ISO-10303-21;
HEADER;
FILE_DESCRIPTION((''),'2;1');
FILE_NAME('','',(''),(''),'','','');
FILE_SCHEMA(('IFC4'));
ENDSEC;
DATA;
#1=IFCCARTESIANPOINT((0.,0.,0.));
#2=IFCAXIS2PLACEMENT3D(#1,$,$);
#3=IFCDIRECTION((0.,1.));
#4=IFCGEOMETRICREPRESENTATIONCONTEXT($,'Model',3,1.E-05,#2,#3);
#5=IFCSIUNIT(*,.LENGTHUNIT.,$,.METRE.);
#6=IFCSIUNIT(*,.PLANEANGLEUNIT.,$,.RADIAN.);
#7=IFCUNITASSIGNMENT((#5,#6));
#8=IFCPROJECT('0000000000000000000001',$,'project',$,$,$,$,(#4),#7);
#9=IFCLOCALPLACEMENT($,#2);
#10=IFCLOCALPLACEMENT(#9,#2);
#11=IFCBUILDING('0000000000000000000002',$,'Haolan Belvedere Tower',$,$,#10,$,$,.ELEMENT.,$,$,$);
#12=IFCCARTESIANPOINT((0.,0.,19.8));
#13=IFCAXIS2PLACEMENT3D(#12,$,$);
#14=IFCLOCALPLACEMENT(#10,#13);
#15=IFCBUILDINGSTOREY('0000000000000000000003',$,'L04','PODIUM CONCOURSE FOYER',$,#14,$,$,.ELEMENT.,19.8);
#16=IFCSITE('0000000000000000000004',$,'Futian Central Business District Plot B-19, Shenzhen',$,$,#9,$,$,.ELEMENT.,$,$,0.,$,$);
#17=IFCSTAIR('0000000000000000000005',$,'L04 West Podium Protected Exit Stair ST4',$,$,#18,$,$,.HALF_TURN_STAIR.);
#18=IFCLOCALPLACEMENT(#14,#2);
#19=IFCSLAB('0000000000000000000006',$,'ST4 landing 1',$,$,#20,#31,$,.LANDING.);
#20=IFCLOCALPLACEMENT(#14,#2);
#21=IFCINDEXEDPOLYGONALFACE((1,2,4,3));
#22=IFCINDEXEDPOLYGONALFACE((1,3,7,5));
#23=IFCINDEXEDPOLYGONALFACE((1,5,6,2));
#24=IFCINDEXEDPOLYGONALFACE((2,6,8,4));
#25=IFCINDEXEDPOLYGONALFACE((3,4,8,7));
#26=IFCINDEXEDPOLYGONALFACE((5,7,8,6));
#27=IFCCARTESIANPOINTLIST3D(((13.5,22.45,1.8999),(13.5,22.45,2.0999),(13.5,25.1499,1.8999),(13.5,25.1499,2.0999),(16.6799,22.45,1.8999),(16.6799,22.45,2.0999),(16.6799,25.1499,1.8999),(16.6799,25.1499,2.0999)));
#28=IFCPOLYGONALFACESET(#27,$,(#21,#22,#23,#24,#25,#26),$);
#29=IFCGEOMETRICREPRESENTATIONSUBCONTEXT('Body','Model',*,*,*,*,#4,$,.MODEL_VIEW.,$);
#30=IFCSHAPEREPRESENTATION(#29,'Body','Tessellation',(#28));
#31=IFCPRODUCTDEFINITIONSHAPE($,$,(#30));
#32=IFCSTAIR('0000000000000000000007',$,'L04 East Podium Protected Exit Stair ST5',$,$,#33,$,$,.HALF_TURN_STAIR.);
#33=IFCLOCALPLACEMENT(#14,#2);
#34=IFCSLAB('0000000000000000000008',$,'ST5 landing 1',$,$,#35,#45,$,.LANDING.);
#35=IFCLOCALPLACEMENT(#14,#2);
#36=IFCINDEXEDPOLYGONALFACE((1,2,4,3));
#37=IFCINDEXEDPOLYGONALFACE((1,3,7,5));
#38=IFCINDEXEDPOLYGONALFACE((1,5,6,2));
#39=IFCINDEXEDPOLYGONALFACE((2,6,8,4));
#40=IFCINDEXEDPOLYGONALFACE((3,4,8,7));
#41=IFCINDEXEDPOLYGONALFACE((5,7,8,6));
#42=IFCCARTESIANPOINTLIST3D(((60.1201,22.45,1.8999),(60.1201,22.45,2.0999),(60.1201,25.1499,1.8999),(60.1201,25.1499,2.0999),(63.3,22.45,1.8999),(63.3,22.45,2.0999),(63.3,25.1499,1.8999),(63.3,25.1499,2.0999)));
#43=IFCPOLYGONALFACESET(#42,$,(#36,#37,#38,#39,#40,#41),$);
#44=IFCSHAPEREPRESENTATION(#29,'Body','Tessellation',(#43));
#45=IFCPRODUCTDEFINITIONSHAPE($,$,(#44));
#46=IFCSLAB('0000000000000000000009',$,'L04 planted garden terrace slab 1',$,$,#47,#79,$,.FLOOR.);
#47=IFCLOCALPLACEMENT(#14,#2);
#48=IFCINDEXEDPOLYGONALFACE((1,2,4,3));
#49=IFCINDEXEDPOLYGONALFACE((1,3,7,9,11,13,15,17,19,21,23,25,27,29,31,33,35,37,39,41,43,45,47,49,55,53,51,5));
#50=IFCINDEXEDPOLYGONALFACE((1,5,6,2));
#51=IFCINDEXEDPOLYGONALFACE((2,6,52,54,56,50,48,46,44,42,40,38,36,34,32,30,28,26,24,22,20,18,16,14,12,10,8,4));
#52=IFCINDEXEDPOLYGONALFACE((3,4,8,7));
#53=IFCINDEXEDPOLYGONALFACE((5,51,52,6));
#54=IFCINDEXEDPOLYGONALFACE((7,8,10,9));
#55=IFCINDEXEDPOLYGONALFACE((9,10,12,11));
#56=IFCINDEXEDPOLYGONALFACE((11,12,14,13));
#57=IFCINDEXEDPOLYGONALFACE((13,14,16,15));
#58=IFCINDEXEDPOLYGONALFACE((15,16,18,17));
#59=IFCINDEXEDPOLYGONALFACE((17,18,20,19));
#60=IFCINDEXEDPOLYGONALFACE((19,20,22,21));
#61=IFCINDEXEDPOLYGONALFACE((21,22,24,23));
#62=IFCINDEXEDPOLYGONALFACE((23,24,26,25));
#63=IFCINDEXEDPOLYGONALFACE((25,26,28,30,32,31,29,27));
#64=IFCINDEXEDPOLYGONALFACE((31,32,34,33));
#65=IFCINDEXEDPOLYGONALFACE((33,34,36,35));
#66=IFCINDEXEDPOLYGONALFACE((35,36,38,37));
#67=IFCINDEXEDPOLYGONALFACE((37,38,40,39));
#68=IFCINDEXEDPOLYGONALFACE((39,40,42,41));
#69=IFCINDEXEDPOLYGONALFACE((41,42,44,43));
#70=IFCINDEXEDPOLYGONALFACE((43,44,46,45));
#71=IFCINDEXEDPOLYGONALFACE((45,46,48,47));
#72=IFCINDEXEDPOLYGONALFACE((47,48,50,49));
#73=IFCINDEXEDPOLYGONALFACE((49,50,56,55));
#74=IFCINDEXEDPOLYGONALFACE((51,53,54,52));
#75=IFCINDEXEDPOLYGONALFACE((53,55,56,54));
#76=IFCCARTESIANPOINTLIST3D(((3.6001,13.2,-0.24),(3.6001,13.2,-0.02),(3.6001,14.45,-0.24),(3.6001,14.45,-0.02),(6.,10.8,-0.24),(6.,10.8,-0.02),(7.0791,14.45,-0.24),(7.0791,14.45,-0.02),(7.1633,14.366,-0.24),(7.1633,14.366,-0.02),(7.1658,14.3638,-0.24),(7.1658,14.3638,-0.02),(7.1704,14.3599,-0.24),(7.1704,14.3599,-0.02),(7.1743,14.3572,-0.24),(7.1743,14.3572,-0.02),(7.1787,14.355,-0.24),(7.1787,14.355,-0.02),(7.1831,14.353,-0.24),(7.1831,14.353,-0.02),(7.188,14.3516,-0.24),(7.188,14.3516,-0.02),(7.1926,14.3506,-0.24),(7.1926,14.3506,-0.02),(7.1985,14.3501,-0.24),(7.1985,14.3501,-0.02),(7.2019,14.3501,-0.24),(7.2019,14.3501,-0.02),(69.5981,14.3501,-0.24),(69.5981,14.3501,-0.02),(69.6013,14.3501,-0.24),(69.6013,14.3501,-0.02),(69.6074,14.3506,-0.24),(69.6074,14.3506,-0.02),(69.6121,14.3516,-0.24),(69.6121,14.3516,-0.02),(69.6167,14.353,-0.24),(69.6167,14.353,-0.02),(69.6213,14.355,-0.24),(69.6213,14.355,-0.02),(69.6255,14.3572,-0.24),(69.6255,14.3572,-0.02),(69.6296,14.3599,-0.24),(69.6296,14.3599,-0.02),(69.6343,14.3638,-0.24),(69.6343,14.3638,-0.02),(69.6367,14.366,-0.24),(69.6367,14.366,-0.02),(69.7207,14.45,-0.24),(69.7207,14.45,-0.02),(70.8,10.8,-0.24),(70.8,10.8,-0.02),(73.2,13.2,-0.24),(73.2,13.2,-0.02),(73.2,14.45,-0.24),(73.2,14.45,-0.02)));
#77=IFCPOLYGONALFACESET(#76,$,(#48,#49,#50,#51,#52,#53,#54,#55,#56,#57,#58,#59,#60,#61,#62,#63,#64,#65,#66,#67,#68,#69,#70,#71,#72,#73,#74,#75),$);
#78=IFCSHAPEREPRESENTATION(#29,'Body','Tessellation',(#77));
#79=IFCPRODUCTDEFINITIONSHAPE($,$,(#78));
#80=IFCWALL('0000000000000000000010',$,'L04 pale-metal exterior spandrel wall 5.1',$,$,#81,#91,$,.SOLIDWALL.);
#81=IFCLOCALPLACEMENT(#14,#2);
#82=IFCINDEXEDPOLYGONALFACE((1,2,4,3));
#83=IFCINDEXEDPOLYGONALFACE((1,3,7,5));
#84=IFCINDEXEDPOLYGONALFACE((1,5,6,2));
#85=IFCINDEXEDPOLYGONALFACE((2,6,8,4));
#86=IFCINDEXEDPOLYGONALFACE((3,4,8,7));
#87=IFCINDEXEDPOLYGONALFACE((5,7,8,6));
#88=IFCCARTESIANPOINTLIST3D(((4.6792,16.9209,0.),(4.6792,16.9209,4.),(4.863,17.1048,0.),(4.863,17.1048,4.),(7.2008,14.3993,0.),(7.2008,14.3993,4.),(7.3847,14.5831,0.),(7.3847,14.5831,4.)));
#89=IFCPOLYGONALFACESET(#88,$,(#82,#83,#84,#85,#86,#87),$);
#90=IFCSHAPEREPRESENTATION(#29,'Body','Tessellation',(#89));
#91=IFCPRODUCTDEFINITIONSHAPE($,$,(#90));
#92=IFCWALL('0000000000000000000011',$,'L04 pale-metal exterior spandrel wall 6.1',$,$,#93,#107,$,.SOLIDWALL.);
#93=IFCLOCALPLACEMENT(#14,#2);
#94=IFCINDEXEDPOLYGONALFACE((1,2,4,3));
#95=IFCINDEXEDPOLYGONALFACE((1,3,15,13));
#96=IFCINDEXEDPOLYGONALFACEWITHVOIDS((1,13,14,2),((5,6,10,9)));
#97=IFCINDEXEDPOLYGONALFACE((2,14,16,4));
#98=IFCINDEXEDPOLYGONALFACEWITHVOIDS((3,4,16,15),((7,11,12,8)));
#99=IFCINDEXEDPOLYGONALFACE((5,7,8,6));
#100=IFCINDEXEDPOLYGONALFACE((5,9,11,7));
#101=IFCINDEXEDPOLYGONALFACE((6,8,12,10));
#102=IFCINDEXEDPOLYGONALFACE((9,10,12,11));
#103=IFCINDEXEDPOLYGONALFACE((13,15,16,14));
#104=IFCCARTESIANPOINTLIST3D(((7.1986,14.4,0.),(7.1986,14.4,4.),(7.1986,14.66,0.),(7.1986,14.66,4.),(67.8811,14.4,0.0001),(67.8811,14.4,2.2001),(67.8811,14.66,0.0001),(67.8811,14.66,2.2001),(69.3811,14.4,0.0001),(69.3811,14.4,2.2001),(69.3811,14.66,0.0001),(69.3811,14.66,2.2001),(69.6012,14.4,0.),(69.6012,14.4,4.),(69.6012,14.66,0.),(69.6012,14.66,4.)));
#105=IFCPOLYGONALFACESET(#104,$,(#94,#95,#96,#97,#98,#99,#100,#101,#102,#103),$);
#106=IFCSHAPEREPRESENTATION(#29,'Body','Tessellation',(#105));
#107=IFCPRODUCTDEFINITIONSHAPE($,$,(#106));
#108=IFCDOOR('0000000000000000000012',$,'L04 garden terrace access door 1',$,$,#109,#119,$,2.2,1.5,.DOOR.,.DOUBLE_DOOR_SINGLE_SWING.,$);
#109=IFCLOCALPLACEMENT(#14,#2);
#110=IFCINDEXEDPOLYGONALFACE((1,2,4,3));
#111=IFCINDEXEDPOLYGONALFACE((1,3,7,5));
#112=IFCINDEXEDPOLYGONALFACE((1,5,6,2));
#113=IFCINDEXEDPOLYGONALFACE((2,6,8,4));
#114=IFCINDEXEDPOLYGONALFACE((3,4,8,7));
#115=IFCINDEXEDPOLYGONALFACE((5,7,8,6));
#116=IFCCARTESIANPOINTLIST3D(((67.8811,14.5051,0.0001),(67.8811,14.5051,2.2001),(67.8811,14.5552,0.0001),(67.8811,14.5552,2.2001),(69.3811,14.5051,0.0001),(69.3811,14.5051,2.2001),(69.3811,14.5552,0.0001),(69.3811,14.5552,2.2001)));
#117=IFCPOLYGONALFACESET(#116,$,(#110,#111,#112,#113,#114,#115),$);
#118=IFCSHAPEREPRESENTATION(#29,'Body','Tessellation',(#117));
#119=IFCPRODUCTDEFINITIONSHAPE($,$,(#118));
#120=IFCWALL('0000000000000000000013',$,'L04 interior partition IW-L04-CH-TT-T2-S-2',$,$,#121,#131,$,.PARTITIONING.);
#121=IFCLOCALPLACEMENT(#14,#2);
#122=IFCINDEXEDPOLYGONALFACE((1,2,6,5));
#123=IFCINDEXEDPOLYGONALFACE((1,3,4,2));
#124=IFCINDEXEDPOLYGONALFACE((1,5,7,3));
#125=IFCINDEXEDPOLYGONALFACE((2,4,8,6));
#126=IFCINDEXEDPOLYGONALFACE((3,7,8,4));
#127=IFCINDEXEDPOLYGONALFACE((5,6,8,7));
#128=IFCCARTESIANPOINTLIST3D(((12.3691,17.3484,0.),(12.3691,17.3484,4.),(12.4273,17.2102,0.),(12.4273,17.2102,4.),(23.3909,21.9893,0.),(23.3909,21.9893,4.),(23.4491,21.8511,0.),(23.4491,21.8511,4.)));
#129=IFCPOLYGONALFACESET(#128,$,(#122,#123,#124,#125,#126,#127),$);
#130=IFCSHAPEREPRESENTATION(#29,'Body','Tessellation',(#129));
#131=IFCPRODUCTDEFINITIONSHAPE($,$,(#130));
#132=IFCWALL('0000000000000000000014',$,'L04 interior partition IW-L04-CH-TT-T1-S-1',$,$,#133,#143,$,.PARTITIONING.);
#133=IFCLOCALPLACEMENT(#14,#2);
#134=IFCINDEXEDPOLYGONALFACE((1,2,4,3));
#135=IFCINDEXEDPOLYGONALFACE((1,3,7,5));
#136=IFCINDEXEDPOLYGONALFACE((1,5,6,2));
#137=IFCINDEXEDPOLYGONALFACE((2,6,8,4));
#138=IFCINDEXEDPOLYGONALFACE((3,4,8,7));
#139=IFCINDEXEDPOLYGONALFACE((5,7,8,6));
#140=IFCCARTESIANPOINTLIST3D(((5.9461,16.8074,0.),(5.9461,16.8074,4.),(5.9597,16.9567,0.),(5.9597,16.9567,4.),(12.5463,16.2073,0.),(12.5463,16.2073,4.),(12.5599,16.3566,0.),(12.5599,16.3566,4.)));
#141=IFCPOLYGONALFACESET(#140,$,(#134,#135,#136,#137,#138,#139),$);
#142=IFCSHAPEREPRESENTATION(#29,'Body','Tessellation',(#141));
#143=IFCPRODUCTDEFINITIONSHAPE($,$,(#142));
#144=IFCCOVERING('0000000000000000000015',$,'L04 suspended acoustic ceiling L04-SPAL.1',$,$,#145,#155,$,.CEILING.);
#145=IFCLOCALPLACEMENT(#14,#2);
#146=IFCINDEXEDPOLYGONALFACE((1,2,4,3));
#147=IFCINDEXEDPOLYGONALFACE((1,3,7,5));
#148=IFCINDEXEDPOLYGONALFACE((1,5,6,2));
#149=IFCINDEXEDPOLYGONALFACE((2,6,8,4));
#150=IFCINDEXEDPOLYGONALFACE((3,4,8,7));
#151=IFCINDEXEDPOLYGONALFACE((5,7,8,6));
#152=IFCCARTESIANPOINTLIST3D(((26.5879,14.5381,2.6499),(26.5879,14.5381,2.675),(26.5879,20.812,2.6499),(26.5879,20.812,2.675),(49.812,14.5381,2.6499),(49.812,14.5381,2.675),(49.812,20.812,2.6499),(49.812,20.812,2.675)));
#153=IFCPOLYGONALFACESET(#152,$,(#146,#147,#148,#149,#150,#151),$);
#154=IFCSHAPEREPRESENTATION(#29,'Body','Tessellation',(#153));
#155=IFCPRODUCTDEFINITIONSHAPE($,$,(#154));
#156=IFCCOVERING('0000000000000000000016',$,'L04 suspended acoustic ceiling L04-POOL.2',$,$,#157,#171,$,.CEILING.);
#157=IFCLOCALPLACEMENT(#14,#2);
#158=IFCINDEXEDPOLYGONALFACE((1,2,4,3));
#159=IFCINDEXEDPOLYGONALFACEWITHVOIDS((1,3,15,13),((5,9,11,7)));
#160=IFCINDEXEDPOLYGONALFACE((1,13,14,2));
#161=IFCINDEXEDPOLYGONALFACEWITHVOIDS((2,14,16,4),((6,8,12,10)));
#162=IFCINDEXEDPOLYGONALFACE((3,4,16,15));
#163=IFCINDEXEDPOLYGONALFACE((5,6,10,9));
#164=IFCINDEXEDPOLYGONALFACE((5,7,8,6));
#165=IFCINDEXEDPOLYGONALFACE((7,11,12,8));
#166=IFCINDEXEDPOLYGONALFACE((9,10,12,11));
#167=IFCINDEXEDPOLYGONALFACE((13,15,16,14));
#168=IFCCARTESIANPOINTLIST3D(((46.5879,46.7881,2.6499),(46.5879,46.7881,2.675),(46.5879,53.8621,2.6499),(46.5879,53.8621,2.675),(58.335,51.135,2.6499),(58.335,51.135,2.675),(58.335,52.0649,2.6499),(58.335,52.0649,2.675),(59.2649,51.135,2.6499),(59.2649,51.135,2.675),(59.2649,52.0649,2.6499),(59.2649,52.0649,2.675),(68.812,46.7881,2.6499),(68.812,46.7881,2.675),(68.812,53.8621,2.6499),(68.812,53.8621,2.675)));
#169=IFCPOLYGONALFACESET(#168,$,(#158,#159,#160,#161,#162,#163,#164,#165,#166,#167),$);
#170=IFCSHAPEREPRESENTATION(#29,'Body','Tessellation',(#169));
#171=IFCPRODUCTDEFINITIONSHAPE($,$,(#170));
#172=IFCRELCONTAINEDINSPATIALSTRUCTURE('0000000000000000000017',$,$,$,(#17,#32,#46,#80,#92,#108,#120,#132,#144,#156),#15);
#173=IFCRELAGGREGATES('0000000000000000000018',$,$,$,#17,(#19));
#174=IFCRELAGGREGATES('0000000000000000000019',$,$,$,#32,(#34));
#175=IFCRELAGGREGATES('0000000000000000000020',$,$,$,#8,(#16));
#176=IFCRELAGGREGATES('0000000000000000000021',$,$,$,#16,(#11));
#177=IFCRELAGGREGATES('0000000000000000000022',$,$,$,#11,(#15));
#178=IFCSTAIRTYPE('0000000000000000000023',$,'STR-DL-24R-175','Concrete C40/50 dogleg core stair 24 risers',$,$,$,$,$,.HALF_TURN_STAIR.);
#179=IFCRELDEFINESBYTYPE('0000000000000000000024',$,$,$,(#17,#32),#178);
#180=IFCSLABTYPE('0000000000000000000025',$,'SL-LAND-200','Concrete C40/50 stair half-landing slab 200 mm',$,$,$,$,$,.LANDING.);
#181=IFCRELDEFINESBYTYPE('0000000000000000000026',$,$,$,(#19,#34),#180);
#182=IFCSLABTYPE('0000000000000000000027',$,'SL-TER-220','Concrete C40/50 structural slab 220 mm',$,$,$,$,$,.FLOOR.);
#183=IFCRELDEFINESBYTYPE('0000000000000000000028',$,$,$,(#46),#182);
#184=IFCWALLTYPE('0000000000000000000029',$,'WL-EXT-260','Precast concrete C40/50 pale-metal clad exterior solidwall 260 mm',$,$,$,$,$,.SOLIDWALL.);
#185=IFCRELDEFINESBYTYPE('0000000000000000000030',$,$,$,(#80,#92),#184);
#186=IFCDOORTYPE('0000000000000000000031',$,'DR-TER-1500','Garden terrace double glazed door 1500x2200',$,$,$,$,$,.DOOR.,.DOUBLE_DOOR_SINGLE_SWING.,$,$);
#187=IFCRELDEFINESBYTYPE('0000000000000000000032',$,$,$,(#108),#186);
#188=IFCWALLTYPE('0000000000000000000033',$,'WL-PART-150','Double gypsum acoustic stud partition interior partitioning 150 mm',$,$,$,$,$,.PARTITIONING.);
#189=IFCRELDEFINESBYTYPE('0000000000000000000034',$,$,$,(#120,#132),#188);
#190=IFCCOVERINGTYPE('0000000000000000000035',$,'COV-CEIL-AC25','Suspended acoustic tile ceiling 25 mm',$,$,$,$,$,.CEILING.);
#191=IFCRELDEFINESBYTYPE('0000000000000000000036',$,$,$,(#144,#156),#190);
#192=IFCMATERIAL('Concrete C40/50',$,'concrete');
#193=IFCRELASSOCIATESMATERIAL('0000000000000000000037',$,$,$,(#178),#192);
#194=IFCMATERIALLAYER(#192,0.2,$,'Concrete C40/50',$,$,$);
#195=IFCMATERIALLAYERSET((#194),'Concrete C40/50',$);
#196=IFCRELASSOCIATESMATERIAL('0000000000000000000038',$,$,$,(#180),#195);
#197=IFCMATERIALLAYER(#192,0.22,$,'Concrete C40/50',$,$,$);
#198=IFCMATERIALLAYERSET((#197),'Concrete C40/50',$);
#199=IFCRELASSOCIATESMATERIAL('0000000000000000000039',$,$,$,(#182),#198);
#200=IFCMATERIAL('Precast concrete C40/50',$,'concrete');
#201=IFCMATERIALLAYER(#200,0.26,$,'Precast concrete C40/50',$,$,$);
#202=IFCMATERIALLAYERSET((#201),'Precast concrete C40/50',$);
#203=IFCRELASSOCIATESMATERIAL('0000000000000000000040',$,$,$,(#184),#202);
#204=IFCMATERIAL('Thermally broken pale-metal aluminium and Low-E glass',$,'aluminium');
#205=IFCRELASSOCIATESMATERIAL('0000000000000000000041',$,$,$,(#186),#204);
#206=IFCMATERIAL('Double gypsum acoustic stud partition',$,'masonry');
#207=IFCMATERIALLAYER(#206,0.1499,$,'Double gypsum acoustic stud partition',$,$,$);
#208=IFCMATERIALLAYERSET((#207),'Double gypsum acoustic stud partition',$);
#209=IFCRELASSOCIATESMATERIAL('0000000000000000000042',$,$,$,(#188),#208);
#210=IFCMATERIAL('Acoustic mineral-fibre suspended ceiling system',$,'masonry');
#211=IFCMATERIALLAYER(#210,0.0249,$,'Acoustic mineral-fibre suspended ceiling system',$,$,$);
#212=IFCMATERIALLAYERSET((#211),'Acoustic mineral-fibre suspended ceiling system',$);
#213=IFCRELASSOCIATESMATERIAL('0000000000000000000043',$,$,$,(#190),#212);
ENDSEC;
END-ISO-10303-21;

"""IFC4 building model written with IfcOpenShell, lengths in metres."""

from ifc_helpers import new_model, si_unit, direction, frame, frame_2d, origin, place, context, subcontext, project, spatial, polyline, rectangle, outline, extrude, material, layer, layer_set, type_object, element, fill, aggregate, save


model = new_model("IFC4")

# Units and contexts
model_context = context("Model", 3, precision=1e-05, world=origin(), true_north=direction((0.0, 1.0)))
body_context = subcontext(model_context, "Body", "Model", "MODEL_VIEW")
ifc_project = project(units=[si_unit("LENGTHUNIT", "METRE"), si_unit("PLANEANGLEUNIT", "RADIAN")], contexts=[model_context])

# Site, building, storey
site_placement = place(None, origin())
site = spatial("IfcSite", under=ifc_project, at=site_placement, Name="Futian Central Business District Plot B-19, Shenzhen", CompositionType="ELEMENT", RefElevation=0.0)
building_placement = place(site_placement, origin())
building = spatial("IfcBuilding", under=site, at=building_placement, Name="Haolan Belvedere Tower", CompositionType="ELEMENT")
storey_placement = place(building_placement, frame((0.0, 0.0, 19.8)))
storey = spatial("IfcBuildingStorey", under=building, at=storey_placement, Name="L04", Description="PODIUM CONCOURSE FOYER", CompositionType="ELEMENT", Elevation=19.8)

# Stairs, slabs
ifc_material_1 = material(Name="Concrete C40/50", Category="concrete")
stair_type = type_object("IfcStairType", Name="STR-DL-24R-175", Description="Concrete C40/50 dogleg core stair 24 risers", PredefinedType="HALF_TURN_STAIR", material=ifc_material_1)
ifc_layer_1 = layer(ifc_material_1, 0.2, Name="Concrete C40/50")
ifc_layer_set_1 = layer_set([ifc_layer_1], Name="Concrete C40/50")
slab_type_1 = type_object("IfcSlabType", Name="SL-LAND-200", Description="Concrete C40/50 stair half-landing slab 200 mm", PredefinedType="LANDING", material=ifc_layer_set_1)
stair_1_placement = place(storey_placement, origin())
stair_1 = element("IfcStair", 1, at=stair_1_placement, inside=storey, type_object=stair_type, Name="L04 West Podium Protected Exit Stair ST4", PredefinedType="HALF_TURN_STAIR")
slab_1_placement = place(storey_placement, frame((0.0, 0.0, 1.8999)))
slab_1 = element("IfcSlab", 2, at=slab_1_placement, type_object=slab_type_1, Name="ST4 landing 1", PredefinedType="LANDING", context=body_context, shape_type="SweptSolid", body=[
    extrude(outline(polyline([(13.5, 25.1499), (13.5, 22.45), (16.6799, 22.45), (16.6799, 25.1499), (13.5, 25.1499)])), origin(), (0.0, 0.0, 1.0), 0.2),
])
aggregate(stair_1, [slab_1])
stair_2_placement = place(storey_placement, origin())
stair_2 = element("IfcStair", 3, at=stair_2_placement, inside=storey, type_object=stair_type, Name="L04 East Podium Protected Exit Stair ST5", PredefinedType="HALF_TURN_STAIR")
slab_2_placement = place(storey_placement, frame((0.0, 0.0, 1.8999)))
slab_2 = element("IfcSlab", 4, at=slab_2_placement, type_object=slab_type_1, Name="ST5 landing 1", PredefinedType="LANDING", context=body_context, shape_type="SweptSolid", body=[
    extrude(outline(polyline([(60.1201, 25.1499), (60.1201, 22.45), (63.3, 22.45), (63.3, 25.1499), (60.1201, 25.1499)])), origin(), (0.0, 0.0, 1.0), 0.2),
])
aggregate(stair_2, [slab_2])

# Slab
ifc_layer_2 = layer(ifc_material_1, 0.22, Name="Concrete C40/50")
ifc_layer_set_2 = layer_set([ifc_layer_2], Name="Concrete C40/50")
slab_type_2 = type_object("IfcSlabType", Name="SL-TER-220", Description="Concrete C40/50 structural slab 220 mm", PredefinedType="FLOOR", material=ifc_layer_set_2)
slab_3_placement = place(storey_placement, frame((0.0, 0.0, -0.24)))
element("IfcSlab", 5, at=slab_3_placement, inside=storey, type_object=slab_type_2, Name="L04 planted garden terrace slab 1", PredefinedType="FLOOR", context=body_context, shape_type="SweptSolid", body=[
    extrude(outline(polyline([(73.2, 14.45), (69.7207, 14.45), (69.6367, 14.366), (69.6343, 14.3638), (69.6296, 14.3599), (69.6255, 14.3572), (69.6213, 14.355), (69.6167, 14.353), (69.6121, 14.3516), (69.6074, 14.3506), (69.6013, 14.3501), (69.5981, 14.3501), (7.2019, 14.3501), (7.1985, 14.3501), (7.1926, 14.3506), (7.188, 14.3516), (7.1831, 14.353), (7.1787, 14.355), (7.1743, 14.3572), (7.1704, 14.3599), (7.1658, 14.3638), (7.1633, 14.366), (7.0791, 14.45), (3.6001, 14.45), (3.6001, 13.2), (6.0, 10.8), (70.8, 10.8), (73.2, 13.2), (73.2, 14.45)])), origin(), (0.0, 0.0, 1.0), 0.22),
])

# Wall
ifc_material_2 = material(Name="Precast concrete C40/50", Category="concrete")
ifc_layer_3 = layer(ifc_material_2, 0.26, Name="Precast concrete C40/50")
ifc_layer_set_3 = layer_set([ifc_layer_3], Name="Precast concrete C40/50")
wall_type_1 = type_object("IfcWallType", Name="WL-EXT-260", Description="Precast concrete C40/50 pale-metal clad exterior solidwall 260 mm", PredefinedType="SOLIDWALL", material=ifc_layer_set_3)
wall_1_placement = place(storey_placement, frame((4.771, 17.0129, 0.0), z_axis=(0.0, 0.0, 1.0), x_axis=(0.707107, -0.707107, 0.0)))
element("IfcWall", 6, at=wall_1_placement, inside=storey, type_object=wall_type_1, Name="L04 pale-metal exterior spandrel wall 5.1", PredefinedType="SOLIDWALL", context=body_context, shape_type="SweptSolid", body=[
    extrude(rectangle(XDim=3.5662, YDim=0.26, at=frame_2d((1.7832, 0.0))), origin(), (0.0, 0.0, 1.0), 4.0),
])

# Wall, opening, door
wall_2_placement = place(storey_placement, frame((7.1987, 14.53, 0.0), z_axis=(0.0, 0.0, 1.0), x_axis=(1.0, 0.0, 0.0)))
wall_2 = element("IfcWall", 7, at=wall_2_placement, inside=storey, type_object=wall_type_1, Name="L04 pale-metal exterior spandrel wall 6.1", PredefinedType="SOLIDWALL", context=body_context, shape_type="SweptSolid", body=[
    extrude(rectangle(XDim=62.4026, YDim=0.26, at=frame_2d((31.2012, 0.0))), origin(), (0.0, 0.0, 1.0), 4.0),
])
opening_placement = place(wall_2_placement, frame((62.1824, 0.0, 0.0), z_axis=(0.0, 0.0, 1.0), x_axis=(-1.0, 0.0, 0.0)))
opening = element("IfcOpeningElement", 8, at=opening_placement, cuts=wall_2, PredefinedType="OPENING", context=body_context, shape_type="SweptSolid", body=[
    extrude(rectangle(XDim=1.5, YDim=2.2, at=frame_2d((0.75, 1.1001))), frame((0.0, 0.1399, 0.0), z_axis=(0.0, -1.0, 0.0), x_axis=(1.0, 0.0, 0.0)), (0.0, 0.0, 1.0), 0.28),
])
ifc_material_3 = material(Name="Thermally broken pale-metal aluminium and Low-E glass", Category="aluminium")
door_type = type_object("IfcDoorType", Name="DR-TER-1500", Description="Garden terrace double glazed door 1500x2200", OperationType="DOUBLE_DOOR_SINGLE_SWING", PredefinedType="DOOR", material=ifc_material_3)
door_placement = place(opening_placement, origin())
door = element("IfcDoor", 9, at=door_placement, inside=storey, type_object=door_type, Name="L04 garden terrace access door 1", OperationType="DOUBLE_DOOR_SINGLE_SWING", OverallHeight=2.2, OverallWidth=1.5, PredefinedType="DOOR", context=body_context, shape_type="SweptSolid", body=[
    extrude(rectangle(XDim=1.5, YDim=2.2, at=frame_2d((0.75, 1.1001))), frame((0.0, 0.0249, 0.0), z_axis=(0.0, -1.0, 0.0), x_axis=(1.0, 0.0, 0.0)), (0.0, 0.0, 1.0), 0.05),
])
fill(opening, door)

# Walls
ifc_material_4 = material(Name="Double gypsum acoustic stud partition", Category="masonry")
ifc_layer_4 = layer(ifc_material_4, 0.1499, Name="Double gypsum acoustic stud partition")
ifc_layer_set_4 = layer_set([ifc_layer_4], Name="Double gypsum acoustic stud partition")
wall_type_2 = type_object("IfcWallType", Name="WL-PART-150", Description="Double gypsum acoustic stud partition interior partitioning 150 mm", PredefinedType="PARTITIONING", material=ifc_layer_set_4)
wall_3_placement = place(storey_placement, frame((12.3982, 17.2793, 0.0), z_axis=(0.0, 0.0, 1.0), x_axis=(0.921631, 0.388067, 0.0)))
element("IfcWall", 10, at=wall_3_placement, inside=storey, type_object=wall_type_2, Name="L04 interior partition IW-L04-CH-TT-T2-S-2", PredefinedType="PARTITIONING", context=body_context, shape_type="SweptSolid", body=[
    extrude(rectangle(XDim=11.959, YDim=0.1499, at=frame_2d((5.9795, 0.0))), origin(), (0.0, 0.0, 1.0), 4.0),
])
wall_4_placement = place(storey_placement, frame((5.9529, 16.8821, 0.0), z_axis=(0.0, 0.0, 1.0), x_axis=(0.995892, -0.090549, 0.0)))
element("IfcWall", 11, at=wall_4_placement, inside=storey, type_object=wall_type_2, Name="L04 interior partition IW-L04-CH-TT-T1-S-1", PredefinedType="PARTITIONING", context=body_context, shape_type="SweptSolid", body=[
    extrude(rectangle(XDim=6.6274, YDim=0.1499, at=frame_2d((3.3137, 0.0))), origin(), (0.0, 0.0, 1.0), 4.0),
])

# Coverings
ifc_material_5 = material(Name="Acoustic mineral-fibre suspended ceiling system", Category="masonry")
ifc_layer_5 = layer(ifc_material_5, 0.0249, Name="Acoustic mineral-fibre suspended ceiling system")
ifc_layer_set_5 = layer_set([ifc_layer_5], Name="Acoustic mineral-fibre suspended ceiling system")
covering_type_1 = type_object("IfcCoveringType", Name="COV-CEIL-AC25", Description="Suspended acoustic tile ceiling 25 mm", PredefinedType="CEILING", material=ifc_layer_set_5)
covering_1_placement = place(storey_placement, frame((0.0, 0.0, 2.6499)))
element("IfcCovering", 12, at=covering_1_placement, inside=storey, type_object=covering_type_1, Name="L04 suspended acoustic ceiling L04-SPAL.1", PredefinedType="CEILING", context=body_context, shape_type="SweptSolid", body=[
    extrude(outline(polyline([(49.812, 14.5381), (49.812, 20.812), (26.5879, 20.812), (26.5879, 14.5381), (49.812, 14.5381)])), origin(), (0.0, 0.0, 1.0), 0.0251),
])
covering_2_placement = place(storey_placement, frame((0.0, 0.0, 2.6499)))
element("IfcCovering", 13, at=covering_2_placement, inside=storey, type_object=covering_type_1, Name="L04 suspended acoustic ceiling L04-POOL.2", PredefinedType="CEILING", context=body_context, shape_type="SweptSolid", body=[
    extrude(outline(polyline([(68.812, 46.7881), (68.812, 53.8621), (46.5879, 53.8621), (46.5879, 46.7881), (68.812, 46.7881)]), holes=[polyline([(58.335, 51.135), (58.335, 52.0649), (59.2649, 52.0649), (59.2649, 51.135), (58.335, 51.135)])]), origin(), (0.0, 0.0, 1.0), 0.0251),
])

save(model, "model.ifc")
